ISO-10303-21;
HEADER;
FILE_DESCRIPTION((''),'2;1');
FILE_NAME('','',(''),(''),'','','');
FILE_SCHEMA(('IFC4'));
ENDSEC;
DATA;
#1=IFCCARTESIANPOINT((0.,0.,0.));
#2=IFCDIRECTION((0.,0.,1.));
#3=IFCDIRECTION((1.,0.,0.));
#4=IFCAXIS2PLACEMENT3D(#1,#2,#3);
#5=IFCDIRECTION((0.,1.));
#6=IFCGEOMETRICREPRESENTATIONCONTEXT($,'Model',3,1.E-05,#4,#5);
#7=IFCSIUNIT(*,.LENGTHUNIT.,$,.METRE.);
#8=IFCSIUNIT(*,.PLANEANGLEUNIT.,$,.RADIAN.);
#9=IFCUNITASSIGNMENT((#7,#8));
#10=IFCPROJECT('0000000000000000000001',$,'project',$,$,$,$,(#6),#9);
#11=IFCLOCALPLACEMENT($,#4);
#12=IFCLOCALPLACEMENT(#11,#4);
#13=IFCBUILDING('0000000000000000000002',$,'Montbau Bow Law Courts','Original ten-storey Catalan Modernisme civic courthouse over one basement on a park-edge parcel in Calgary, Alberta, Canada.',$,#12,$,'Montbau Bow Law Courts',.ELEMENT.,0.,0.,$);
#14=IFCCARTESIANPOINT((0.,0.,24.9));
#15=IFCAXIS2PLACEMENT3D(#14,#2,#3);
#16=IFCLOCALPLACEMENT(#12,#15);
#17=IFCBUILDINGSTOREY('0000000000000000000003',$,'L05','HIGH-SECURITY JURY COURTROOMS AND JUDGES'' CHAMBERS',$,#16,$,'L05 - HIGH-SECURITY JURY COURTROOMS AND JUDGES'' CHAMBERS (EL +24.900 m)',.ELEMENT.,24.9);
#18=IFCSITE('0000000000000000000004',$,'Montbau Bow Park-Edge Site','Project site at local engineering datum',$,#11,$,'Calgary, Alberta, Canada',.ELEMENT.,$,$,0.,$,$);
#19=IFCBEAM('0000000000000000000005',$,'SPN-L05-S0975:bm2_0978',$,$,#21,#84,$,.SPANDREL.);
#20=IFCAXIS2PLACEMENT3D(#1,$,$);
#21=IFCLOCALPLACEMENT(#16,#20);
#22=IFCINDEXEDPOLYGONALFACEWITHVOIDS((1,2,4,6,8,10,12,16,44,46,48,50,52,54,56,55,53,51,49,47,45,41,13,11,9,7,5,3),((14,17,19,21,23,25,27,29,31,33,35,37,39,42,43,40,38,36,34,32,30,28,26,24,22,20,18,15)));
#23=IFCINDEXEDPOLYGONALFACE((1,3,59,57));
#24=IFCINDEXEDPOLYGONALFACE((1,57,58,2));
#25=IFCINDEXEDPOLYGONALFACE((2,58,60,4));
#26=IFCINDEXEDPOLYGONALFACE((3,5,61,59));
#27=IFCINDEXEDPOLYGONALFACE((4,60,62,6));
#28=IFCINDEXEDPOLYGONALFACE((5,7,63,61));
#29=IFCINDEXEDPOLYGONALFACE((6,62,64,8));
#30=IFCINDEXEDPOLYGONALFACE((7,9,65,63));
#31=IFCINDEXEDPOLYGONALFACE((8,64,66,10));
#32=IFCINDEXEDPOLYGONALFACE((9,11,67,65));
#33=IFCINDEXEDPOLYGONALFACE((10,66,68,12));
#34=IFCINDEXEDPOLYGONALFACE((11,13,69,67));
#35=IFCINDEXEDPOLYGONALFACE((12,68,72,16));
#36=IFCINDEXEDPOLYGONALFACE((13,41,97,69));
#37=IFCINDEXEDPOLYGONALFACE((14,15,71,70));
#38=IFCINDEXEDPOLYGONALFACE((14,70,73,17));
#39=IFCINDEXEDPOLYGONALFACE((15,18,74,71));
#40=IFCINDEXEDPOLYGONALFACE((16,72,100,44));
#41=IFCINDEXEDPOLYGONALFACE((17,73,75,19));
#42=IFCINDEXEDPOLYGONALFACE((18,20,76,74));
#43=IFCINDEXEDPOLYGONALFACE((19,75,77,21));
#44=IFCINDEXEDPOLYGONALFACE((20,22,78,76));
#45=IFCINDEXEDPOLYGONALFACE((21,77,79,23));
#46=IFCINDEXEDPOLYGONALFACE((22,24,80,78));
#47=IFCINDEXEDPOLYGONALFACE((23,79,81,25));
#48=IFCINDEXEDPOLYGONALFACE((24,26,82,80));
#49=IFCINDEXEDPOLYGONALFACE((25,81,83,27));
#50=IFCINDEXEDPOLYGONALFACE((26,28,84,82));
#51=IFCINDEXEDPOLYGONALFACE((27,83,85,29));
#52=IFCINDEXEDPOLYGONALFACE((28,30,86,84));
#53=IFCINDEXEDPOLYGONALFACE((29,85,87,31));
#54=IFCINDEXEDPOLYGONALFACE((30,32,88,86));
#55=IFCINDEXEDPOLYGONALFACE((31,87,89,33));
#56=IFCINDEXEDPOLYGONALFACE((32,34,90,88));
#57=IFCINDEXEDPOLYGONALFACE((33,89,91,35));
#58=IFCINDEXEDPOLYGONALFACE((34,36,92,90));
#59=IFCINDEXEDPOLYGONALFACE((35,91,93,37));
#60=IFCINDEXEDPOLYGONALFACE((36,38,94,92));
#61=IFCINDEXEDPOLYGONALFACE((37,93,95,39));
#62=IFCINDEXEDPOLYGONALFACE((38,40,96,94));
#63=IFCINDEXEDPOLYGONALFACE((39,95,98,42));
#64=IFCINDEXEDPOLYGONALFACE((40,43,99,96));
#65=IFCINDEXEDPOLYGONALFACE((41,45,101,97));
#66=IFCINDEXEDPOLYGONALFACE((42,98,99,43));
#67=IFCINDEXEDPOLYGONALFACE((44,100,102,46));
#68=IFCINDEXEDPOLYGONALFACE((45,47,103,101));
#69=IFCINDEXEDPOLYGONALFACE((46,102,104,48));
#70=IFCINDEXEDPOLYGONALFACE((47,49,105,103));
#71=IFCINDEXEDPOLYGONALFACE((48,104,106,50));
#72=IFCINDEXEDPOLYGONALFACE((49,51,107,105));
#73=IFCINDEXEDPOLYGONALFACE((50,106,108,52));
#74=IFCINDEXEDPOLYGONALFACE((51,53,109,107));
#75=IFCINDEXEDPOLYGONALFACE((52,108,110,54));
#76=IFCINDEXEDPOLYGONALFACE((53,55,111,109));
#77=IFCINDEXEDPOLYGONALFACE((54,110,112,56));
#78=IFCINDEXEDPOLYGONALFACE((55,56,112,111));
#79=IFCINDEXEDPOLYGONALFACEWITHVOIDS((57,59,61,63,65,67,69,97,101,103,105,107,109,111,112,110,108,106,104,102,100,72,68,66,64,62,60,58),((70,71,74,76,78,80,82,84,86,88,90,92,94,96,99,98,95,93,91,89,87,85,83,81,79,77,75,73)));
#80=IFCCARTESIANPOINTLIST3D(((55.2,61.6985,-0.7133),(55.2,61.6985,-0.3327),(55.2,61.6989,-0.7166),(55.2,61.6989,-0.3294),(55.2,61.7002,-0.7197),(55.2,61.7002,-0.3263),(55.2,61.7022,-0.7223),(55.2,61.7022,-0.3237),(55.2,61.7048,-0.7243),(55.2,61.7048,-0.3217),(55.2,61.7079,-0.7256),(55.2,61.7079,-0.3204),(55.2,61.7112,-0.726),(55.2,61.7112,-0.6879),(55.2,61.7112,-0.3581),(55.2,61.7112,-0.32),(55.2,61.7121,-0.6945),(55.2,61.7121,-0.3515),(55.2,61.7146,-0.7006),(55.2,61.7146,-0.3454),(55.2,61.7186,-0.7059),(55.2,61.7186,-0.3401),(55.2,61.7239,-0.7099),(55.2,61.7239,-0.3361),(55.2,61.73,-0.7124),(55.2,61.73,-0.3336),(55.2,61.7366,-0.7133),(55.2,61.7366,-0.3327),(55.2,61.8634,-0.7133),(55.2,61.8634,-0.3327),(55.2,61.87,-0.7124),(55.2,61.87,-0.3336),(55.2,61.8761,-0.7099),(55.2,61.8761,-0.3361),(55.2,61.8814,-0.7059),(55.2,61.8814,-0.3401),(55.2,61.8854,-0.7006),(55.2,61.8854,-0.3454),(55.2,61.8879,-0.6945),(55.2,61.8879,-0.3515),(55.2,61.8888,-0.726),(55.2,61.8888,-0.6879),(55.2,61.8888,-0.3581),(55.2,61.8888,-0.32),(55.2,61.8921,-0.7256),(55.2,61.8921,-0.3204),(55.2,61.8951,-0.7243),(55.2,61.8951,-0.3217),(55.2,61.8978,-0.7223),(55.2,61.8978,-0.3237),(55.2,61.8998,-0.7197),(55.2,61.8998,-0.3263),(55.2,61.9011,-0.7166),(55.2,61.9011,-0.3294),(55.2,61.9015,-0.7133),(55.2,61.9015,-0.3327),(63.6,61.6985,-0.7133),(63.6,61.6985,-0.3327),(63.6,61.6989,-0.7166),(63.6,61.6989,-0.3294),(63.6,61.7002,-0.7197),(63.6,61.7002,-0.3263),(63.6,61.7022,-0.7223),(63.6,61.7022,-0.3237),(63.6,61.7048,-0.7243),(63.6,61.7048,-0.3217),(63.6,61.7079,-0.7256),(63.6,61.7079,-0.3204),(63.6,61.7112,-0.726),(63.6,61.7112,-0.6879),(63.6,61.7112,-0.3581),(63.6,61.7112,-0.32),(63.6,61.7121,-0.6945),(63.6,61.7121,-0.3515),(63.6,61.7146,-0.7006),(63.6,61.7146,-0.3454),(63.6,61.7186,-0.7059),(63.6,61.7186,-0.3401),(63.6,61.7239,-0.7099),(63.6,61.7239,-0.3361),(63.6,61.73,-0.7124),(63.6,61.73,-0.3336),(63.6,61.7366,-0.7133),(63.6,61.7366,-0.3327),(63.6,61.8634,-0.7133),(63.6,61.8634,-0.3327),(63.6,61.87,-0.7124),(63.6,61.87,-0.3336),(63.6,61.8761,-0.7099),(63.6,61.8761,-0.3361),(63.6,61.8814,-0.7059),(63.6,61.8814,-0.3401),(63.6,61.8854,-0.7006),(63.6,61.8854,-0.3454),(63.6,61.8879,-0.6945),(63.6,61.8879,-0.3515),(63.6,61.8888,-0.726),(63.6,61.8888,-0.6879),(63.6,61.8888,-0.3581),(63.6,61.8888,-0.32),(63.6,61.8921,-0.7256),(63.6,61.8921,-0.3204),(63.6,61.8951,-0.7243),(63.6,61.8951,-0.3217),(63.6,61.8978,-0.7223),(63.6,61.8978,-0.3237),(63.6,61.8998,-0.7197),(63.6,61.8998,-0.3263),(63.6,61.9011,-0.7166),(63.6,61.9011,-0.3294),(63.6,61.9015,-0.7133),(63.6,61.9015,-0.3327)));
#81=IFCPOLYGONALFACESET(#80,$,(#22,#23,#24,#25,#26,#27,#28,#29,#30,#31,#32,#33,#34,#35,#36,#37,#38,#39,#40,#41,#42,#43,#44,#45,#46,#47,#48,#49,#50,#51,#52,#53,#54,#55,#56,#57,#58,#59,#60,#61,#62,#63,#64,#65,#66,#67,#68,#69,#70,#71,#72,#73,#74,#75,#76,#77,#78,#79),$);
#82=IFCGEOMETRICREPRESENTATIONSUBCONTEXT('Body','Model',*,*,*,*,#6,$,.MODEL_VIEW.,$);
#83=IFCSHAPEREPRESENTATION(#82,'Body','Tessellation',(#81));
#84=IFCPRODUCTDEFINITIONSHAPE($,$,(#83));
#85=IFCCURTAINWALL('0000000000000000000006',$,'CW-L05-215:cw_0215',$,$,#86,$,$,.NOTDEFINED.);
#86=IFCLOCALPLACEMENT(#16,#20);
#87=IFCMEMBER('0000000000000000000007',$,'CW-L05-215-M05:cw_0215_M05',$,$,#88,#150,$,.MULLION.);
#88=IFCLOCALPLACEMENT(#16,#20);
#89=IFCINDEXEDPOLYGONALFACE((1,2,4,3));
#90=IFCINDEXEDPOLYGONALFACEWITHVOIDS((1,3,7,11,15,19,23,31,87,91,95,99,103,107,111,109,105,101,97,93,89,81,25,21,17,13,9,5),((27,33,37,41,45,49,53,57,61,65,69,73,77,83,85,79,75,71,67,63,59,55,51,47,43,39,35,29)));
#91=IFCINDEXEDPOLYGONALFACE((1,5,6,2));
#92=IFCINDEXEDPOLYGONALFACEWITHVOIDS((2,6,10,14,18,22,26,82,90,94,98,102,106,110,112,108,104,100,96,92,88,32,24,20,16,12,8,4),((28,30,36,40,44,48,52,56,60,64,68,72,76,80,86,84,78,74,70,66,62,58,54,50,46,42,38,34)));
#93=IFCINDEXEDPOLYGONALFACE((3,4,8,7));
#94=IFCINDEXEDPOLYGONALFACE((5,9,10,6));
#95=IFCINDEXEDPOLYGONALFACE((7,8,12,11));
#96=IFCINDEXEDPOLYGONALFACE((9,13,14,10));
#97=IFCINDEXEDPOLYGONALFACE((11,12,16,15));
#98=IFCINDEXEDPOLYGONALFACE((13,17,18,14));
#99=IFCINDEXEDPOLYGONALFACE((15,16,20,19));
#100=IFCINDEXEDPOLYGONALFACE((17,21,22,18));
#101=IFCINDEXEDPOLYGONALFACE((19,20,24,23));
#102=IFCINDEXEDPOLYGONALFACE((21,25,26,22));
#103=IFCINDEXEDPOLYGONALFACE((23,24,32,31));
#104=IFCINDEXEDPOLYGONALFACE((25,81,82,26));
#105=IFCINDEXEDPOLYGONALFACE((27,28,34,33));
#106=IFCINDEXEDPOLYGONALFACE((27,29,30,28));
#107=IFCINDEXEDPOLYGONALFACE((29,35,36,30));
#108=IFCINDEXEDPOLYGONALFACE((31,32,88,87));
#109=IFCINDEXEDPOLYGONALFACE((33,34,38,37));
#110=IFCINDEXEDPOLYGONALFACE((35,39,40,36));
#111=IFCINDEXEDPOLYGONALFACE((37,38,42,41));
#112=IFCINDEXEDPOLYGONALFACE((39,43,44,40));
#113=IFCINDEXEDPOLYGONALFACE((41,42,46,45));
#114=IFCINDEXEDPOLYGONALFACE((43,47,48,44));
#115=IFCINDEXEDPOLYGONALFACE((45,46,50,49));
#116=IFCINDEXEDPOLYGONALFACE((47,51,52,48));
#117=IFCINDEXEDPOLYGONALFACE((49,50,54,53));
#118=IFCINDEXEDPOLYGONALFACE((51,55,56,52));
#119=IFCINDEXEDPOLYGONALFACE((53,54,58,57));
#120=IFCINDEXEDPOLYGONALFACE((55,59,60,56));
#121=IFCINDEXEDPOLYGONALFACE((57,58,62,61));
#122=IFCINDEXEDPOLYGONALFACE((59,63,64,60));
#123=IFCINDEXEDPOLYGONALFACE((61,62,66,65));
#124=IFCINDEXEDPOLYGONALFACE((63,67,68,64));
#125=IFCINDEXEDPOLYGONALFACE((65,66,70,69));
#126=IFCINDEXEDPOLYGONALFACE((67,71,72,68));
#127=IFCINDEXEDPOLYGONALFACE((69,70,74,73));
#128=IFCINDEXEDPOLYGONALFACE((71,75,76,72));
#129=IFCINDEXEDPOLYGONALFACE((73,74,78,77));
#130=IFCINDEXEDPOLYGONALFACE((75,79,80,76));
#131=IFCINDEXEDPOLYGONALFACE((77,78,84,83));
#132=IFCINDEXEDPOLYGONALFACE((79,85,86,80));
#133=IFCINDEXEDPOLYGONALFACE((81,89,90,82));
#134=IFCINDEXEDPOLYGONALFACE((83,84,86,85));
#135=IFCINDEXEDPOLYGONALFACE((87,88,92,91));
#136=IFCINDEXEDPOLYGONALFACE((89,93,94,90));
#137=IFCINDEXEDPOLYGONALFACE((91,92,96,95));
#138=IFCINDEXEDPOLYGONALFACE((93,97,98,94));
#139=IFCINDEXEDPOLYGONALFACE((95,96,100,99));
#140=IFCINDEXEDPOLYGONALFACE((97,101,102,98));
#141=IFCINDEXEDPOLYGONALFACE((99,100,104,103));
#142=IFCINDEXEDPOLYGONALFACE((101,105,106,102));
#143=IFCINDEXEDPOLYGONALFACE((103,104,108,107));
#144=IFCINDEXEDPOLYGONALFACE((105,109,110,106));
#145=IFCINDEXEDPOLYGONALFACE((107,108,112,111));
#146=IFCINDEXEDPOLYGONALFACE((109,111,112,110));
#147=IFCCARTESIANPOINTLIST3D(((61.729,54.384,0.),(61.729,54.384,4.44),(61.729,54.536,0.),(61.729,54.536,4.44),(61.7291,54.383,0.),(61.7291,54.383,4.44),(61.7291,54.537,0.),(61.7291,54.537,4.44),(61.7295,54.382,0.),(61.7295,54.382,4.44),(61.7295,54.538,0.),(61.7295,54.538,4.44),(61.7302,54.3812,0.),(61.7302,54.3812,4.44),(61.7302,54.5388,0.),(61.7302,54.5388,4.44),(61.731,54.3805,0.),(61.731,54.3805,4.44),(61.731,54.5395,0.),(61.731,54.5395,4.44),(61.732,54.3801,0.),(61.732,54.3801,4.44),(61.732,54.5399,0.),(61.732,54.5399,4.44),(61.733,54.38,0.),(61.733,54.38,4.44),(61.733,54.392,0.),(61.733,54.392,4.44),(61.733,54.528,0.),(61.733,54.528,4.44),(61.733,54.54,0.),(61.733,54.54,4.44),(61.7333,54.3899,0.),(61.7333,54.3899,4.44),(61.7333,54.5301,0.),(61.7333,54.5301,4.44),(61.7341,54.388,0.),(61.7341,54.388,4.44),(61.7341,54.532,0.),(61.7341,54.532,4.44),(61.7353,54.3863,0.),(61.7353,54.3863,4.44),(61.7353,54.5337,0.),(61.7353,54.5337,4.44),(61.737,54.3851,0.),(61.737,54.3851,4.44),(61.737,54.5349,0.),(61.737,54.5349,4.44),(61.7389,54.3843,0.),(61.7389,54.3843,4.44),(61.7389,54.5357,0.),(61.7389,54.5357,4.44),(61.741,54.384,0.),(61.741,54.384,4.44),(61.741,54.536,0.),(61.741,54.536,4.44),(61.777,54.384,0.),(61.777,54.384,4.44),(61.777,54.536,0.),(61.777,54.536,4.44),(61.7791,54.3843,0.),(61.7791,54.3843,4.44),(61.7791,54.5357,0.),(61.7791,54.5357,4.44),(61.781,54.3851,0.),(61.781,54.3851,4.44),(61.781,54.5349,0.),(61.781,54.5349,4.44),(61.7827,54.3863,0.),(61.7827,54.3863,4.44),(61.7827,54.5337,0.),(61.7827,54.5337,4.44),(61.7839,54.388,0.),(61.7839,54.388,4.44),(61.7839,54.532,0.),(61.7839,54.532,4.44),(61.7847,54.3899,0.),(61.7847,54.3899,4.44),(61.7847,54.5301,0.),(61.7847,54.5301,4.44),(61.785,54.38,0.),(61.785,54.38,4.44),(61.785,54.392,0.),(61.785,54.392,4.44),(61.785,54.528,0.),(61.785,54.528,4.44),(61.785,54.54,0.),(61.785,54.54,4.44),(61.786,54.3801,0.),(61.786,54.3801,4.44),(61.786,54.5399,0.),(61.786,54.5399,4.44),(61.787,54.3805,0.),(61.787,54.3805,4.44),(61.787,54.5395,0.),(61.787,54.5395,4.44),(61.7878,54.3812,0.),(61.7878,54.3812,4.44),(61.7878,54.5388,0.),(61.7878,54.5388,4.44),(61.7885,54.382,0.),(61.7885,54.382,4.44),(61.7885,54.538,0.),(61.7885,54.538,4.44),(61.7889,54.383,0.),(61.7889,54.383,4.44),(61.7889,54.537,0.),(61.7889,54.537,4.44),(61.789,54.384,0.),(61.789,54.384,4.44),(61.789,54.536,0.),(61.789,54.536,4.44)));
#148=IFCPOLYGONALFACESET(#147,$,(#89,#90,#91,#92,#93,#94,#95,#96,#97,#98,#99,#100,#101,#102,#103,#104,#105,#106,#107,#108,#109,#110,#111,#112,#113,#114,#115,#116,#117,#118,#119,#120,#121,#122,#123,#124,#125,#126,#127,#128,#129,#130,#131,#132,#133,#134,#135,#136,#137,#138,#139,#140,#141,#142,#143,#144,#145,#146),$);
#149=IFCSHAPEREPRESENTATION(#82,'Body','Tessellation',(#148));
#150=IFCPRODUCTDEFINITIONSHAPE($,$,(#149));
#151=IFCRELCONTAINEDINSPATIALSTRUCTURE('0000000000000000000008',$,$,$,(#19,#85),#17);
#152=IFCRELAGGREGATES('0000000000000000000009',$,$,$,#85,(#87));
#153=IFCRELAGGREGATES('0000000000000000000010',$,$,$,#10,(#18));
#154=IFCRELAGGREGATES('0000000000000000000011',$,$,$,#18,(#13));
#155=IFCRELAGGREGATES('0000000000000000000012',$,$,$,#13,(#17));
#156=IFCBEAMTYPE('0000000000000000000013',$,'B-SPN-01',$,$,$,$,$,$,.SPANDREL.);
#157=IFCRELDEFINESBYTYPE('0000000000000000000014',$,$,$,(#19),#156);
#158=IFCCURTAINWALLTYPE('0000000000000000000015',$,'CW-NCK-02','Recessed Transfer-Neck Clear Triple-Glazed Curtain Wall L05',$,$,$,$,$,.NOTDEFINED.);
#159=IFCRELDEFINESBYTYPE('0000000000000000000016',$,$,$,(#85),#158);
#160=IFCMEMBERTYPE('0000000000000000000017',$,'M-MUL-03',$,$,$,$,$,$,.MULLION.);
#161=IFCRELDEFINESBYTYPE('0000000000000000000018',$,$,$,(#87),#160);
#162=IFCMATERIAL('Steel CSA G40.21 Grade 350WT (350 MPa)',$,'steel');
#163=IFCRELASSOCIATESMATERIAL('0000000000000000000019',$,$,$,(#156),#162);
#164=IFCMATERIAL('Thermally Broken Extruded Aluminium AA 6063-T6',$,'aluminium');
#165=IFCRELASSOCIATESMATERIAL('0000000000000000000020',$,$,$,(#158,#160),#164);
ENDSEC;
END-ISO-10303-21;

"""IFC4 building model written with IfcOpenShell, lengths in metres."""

from ifc_helpers import new_model, si_unit, direction, frame, origin_with_axes, origin_2d_with_axis, place, context, subcontext, project, spatial, hollow_rectangle, extrude, material, material_profile, profile_set, type_object, element, aggregate, save


model = new_model("IFC4")

# Units and contexts
model_context = context("Model", 3, precision=1e-05, world=origin_with_axes(), true_north=direction((0.0, 1.0)))
body_context = subcontext(model_context, "Body", "Model", "MODEL_VIEW")
ifc_project = project(units=[si_unit("LENGTHUNIT", "METRE"), si_unit("PLANEANGLEUNIT", "RADIAN")], contexts=[model_context])

# Site, building, storey
site_placement = place(None, origin_with_axes())
site = spatial("IfcSite", under=ifc_project, at=site_placement, Name="Montbau Bow Park-Edge Site", Description="Project site at local engineering datum", LongName="Calgary, Alberta, Canada", CompositionType="ELEMENT", RefElevation=0.0)
building_placement = place(site_placement, origin_with_axes())
building = spatial("IfcBuilding", under=site, at=building_placement, Name="Montbau Bow Law Courts", Description="Original ten-storey Catalan Modernisme civic courthouse over one basement on a park-edge parcel in Calgary, Alberta, Canada.", LongName="Montbau Bow Law Courts", CompositionType="ELEMENT", ElevationOfRefHeight=0.0, ElevationOfTerrain=0.0)
storey_placement = place(building_placement, frame((0.0, 0.0, 24.9), z_axis=(0.0, 0.0, 1.0), x_axis=(1.0, 0.0, 0.0)))
storey = spatial("IfcBuildingStorey", under=building, at=storey_placement, Name="L05", Description="HIGH-SECURITY JURY COURTROOMS AND JUDGES' CHAMBERS", LongName="L05 - HIGH-SECURITY JURY COURTROOMS AND JUDGES' CHAMBERS (EL +24.900 m)", CompositionType="ELEMENT", Elevation=24.9)

# Shared definitions
ifc_material_1 = material(Name="Steel CSA G40.21 Grade 350WT (350 MPa)", Category="steel")

# Beam
ifc_material_profile_1 = material_profile(ifc_material_1, hollow_rectangle(XDim=0.203, YDim=0.406, WallThickness=0.0127, InnerFilletRadius=0.0254, OuterFilletRadius=0.0127, at=origin_2d_with_axis()), Name="HSS406X203X13", Category="Main", Priority=0)
ifc_profile_set_1 = profile_set([ifc_material_profile_1], Name="Steel CSA G40.21 Grade 350WT (350 MPa)")
beam_type_1 = type_object("IfcBeamType", Name="B-SPN-01", PredefinedType="SPANDREL", material=ifc_profile_set_1)
beam_1_placement = place(None, frame((55.2, 61.8, 24.377), z_axis=(1.0, 0.0, 0.0), x_axis=(0.0, 1.0, 0.0)))
element("IfcBeam", 1, at=beam_1_placement, inside=storey, type_object=beam_type_1, Name="SPN-L05-S0975:bm2_0978", PredefinedType="SPANDREL", context=body_context, shape_type="SweptSolid", body=[
    extrude(hollow_rectangle(XDim=0.203, YDim=0.406, WallThickness=0.0127, InnerFilletRadius=0.0254, OuterFilletRadius=0.0127, at=origin_2d_with_axis()), origin_with_axes(), (0.0, 0.0, 1.0), 8.4),
])

# Curtain wall, member
ifc_material_2 = material(Name="Thermally Broken Extruded Aluminium AA 6063-T6", Category="aluminium")
curtain_wall_type = type_object("IfcCurtainWallType", Name="CW-NCK-02", Description="Recessed Transfer-Neck Clear Triple-Glazed Curtain Wall L05", PredefinedType="NOTDEFINED", material=ifc_material_2)
curtain_wall_placement = place(None, frame((55.468, 54.46, 24.9), z_axis=(0.0, 0.0, 1.0), x_axis=(1.0, 0.0, 0.0)))
curtain_wall = element("IfcCurtainWall", 2, at=curtain_wall_placement, inside=storey, type_object=curtain_wall_type, Name="CW-L05-215:cw_0215", PredefinedType="NOTDEFINED")
ifc_material_profile_2 = material_profile(ifc_material_2, hollow_rectangle(XDim=0.06, YDim=0.16, WallThickness=0.004, InnerFilletRadius=0.008, OuterFilletRadius=0.004, at=origin_2d_with_axis()), Name="CWM-160X60", Category="Main", Priority=0)
ifc_profile_set_2 = profile_set([ifc_material_profile_2], Name="Thermally Broken Extruded Aluminium AA 6063-T6")
member_type_1 = type_object("IfcMemberType", Name="M-MUL-03", PredefinedType="MULLION", material=ifc_profile_set_2)
member_1_placement = place(None, frame((61.759, 54.46, 24.9), z_axis=(0.0, 0.0, 1.0), x_axis=(1.0, 0.0, 0.0)))
member_1 = element("IfcMember", 3, at=member_1_placement, type_object=member_type_1, Name="CW-L05-215-M05:cw_0215_M05", PredefinedType="MULLION", context=body_context, shape_type="SweptSolid", body=[
    extrude(hollow_rectangle(XDim=0.06, YDim=0.16, WallThickness=0.004, InnerFilletRadius=0.008, OuterFilletRadius=0.004, at=origin_2d_with_axis()), origin_with_axes(), (0.0, 0.0, 1.0), 4.44),
])
aggregate(curtain_wall, [member_1])

save(model, "model.ifc")
